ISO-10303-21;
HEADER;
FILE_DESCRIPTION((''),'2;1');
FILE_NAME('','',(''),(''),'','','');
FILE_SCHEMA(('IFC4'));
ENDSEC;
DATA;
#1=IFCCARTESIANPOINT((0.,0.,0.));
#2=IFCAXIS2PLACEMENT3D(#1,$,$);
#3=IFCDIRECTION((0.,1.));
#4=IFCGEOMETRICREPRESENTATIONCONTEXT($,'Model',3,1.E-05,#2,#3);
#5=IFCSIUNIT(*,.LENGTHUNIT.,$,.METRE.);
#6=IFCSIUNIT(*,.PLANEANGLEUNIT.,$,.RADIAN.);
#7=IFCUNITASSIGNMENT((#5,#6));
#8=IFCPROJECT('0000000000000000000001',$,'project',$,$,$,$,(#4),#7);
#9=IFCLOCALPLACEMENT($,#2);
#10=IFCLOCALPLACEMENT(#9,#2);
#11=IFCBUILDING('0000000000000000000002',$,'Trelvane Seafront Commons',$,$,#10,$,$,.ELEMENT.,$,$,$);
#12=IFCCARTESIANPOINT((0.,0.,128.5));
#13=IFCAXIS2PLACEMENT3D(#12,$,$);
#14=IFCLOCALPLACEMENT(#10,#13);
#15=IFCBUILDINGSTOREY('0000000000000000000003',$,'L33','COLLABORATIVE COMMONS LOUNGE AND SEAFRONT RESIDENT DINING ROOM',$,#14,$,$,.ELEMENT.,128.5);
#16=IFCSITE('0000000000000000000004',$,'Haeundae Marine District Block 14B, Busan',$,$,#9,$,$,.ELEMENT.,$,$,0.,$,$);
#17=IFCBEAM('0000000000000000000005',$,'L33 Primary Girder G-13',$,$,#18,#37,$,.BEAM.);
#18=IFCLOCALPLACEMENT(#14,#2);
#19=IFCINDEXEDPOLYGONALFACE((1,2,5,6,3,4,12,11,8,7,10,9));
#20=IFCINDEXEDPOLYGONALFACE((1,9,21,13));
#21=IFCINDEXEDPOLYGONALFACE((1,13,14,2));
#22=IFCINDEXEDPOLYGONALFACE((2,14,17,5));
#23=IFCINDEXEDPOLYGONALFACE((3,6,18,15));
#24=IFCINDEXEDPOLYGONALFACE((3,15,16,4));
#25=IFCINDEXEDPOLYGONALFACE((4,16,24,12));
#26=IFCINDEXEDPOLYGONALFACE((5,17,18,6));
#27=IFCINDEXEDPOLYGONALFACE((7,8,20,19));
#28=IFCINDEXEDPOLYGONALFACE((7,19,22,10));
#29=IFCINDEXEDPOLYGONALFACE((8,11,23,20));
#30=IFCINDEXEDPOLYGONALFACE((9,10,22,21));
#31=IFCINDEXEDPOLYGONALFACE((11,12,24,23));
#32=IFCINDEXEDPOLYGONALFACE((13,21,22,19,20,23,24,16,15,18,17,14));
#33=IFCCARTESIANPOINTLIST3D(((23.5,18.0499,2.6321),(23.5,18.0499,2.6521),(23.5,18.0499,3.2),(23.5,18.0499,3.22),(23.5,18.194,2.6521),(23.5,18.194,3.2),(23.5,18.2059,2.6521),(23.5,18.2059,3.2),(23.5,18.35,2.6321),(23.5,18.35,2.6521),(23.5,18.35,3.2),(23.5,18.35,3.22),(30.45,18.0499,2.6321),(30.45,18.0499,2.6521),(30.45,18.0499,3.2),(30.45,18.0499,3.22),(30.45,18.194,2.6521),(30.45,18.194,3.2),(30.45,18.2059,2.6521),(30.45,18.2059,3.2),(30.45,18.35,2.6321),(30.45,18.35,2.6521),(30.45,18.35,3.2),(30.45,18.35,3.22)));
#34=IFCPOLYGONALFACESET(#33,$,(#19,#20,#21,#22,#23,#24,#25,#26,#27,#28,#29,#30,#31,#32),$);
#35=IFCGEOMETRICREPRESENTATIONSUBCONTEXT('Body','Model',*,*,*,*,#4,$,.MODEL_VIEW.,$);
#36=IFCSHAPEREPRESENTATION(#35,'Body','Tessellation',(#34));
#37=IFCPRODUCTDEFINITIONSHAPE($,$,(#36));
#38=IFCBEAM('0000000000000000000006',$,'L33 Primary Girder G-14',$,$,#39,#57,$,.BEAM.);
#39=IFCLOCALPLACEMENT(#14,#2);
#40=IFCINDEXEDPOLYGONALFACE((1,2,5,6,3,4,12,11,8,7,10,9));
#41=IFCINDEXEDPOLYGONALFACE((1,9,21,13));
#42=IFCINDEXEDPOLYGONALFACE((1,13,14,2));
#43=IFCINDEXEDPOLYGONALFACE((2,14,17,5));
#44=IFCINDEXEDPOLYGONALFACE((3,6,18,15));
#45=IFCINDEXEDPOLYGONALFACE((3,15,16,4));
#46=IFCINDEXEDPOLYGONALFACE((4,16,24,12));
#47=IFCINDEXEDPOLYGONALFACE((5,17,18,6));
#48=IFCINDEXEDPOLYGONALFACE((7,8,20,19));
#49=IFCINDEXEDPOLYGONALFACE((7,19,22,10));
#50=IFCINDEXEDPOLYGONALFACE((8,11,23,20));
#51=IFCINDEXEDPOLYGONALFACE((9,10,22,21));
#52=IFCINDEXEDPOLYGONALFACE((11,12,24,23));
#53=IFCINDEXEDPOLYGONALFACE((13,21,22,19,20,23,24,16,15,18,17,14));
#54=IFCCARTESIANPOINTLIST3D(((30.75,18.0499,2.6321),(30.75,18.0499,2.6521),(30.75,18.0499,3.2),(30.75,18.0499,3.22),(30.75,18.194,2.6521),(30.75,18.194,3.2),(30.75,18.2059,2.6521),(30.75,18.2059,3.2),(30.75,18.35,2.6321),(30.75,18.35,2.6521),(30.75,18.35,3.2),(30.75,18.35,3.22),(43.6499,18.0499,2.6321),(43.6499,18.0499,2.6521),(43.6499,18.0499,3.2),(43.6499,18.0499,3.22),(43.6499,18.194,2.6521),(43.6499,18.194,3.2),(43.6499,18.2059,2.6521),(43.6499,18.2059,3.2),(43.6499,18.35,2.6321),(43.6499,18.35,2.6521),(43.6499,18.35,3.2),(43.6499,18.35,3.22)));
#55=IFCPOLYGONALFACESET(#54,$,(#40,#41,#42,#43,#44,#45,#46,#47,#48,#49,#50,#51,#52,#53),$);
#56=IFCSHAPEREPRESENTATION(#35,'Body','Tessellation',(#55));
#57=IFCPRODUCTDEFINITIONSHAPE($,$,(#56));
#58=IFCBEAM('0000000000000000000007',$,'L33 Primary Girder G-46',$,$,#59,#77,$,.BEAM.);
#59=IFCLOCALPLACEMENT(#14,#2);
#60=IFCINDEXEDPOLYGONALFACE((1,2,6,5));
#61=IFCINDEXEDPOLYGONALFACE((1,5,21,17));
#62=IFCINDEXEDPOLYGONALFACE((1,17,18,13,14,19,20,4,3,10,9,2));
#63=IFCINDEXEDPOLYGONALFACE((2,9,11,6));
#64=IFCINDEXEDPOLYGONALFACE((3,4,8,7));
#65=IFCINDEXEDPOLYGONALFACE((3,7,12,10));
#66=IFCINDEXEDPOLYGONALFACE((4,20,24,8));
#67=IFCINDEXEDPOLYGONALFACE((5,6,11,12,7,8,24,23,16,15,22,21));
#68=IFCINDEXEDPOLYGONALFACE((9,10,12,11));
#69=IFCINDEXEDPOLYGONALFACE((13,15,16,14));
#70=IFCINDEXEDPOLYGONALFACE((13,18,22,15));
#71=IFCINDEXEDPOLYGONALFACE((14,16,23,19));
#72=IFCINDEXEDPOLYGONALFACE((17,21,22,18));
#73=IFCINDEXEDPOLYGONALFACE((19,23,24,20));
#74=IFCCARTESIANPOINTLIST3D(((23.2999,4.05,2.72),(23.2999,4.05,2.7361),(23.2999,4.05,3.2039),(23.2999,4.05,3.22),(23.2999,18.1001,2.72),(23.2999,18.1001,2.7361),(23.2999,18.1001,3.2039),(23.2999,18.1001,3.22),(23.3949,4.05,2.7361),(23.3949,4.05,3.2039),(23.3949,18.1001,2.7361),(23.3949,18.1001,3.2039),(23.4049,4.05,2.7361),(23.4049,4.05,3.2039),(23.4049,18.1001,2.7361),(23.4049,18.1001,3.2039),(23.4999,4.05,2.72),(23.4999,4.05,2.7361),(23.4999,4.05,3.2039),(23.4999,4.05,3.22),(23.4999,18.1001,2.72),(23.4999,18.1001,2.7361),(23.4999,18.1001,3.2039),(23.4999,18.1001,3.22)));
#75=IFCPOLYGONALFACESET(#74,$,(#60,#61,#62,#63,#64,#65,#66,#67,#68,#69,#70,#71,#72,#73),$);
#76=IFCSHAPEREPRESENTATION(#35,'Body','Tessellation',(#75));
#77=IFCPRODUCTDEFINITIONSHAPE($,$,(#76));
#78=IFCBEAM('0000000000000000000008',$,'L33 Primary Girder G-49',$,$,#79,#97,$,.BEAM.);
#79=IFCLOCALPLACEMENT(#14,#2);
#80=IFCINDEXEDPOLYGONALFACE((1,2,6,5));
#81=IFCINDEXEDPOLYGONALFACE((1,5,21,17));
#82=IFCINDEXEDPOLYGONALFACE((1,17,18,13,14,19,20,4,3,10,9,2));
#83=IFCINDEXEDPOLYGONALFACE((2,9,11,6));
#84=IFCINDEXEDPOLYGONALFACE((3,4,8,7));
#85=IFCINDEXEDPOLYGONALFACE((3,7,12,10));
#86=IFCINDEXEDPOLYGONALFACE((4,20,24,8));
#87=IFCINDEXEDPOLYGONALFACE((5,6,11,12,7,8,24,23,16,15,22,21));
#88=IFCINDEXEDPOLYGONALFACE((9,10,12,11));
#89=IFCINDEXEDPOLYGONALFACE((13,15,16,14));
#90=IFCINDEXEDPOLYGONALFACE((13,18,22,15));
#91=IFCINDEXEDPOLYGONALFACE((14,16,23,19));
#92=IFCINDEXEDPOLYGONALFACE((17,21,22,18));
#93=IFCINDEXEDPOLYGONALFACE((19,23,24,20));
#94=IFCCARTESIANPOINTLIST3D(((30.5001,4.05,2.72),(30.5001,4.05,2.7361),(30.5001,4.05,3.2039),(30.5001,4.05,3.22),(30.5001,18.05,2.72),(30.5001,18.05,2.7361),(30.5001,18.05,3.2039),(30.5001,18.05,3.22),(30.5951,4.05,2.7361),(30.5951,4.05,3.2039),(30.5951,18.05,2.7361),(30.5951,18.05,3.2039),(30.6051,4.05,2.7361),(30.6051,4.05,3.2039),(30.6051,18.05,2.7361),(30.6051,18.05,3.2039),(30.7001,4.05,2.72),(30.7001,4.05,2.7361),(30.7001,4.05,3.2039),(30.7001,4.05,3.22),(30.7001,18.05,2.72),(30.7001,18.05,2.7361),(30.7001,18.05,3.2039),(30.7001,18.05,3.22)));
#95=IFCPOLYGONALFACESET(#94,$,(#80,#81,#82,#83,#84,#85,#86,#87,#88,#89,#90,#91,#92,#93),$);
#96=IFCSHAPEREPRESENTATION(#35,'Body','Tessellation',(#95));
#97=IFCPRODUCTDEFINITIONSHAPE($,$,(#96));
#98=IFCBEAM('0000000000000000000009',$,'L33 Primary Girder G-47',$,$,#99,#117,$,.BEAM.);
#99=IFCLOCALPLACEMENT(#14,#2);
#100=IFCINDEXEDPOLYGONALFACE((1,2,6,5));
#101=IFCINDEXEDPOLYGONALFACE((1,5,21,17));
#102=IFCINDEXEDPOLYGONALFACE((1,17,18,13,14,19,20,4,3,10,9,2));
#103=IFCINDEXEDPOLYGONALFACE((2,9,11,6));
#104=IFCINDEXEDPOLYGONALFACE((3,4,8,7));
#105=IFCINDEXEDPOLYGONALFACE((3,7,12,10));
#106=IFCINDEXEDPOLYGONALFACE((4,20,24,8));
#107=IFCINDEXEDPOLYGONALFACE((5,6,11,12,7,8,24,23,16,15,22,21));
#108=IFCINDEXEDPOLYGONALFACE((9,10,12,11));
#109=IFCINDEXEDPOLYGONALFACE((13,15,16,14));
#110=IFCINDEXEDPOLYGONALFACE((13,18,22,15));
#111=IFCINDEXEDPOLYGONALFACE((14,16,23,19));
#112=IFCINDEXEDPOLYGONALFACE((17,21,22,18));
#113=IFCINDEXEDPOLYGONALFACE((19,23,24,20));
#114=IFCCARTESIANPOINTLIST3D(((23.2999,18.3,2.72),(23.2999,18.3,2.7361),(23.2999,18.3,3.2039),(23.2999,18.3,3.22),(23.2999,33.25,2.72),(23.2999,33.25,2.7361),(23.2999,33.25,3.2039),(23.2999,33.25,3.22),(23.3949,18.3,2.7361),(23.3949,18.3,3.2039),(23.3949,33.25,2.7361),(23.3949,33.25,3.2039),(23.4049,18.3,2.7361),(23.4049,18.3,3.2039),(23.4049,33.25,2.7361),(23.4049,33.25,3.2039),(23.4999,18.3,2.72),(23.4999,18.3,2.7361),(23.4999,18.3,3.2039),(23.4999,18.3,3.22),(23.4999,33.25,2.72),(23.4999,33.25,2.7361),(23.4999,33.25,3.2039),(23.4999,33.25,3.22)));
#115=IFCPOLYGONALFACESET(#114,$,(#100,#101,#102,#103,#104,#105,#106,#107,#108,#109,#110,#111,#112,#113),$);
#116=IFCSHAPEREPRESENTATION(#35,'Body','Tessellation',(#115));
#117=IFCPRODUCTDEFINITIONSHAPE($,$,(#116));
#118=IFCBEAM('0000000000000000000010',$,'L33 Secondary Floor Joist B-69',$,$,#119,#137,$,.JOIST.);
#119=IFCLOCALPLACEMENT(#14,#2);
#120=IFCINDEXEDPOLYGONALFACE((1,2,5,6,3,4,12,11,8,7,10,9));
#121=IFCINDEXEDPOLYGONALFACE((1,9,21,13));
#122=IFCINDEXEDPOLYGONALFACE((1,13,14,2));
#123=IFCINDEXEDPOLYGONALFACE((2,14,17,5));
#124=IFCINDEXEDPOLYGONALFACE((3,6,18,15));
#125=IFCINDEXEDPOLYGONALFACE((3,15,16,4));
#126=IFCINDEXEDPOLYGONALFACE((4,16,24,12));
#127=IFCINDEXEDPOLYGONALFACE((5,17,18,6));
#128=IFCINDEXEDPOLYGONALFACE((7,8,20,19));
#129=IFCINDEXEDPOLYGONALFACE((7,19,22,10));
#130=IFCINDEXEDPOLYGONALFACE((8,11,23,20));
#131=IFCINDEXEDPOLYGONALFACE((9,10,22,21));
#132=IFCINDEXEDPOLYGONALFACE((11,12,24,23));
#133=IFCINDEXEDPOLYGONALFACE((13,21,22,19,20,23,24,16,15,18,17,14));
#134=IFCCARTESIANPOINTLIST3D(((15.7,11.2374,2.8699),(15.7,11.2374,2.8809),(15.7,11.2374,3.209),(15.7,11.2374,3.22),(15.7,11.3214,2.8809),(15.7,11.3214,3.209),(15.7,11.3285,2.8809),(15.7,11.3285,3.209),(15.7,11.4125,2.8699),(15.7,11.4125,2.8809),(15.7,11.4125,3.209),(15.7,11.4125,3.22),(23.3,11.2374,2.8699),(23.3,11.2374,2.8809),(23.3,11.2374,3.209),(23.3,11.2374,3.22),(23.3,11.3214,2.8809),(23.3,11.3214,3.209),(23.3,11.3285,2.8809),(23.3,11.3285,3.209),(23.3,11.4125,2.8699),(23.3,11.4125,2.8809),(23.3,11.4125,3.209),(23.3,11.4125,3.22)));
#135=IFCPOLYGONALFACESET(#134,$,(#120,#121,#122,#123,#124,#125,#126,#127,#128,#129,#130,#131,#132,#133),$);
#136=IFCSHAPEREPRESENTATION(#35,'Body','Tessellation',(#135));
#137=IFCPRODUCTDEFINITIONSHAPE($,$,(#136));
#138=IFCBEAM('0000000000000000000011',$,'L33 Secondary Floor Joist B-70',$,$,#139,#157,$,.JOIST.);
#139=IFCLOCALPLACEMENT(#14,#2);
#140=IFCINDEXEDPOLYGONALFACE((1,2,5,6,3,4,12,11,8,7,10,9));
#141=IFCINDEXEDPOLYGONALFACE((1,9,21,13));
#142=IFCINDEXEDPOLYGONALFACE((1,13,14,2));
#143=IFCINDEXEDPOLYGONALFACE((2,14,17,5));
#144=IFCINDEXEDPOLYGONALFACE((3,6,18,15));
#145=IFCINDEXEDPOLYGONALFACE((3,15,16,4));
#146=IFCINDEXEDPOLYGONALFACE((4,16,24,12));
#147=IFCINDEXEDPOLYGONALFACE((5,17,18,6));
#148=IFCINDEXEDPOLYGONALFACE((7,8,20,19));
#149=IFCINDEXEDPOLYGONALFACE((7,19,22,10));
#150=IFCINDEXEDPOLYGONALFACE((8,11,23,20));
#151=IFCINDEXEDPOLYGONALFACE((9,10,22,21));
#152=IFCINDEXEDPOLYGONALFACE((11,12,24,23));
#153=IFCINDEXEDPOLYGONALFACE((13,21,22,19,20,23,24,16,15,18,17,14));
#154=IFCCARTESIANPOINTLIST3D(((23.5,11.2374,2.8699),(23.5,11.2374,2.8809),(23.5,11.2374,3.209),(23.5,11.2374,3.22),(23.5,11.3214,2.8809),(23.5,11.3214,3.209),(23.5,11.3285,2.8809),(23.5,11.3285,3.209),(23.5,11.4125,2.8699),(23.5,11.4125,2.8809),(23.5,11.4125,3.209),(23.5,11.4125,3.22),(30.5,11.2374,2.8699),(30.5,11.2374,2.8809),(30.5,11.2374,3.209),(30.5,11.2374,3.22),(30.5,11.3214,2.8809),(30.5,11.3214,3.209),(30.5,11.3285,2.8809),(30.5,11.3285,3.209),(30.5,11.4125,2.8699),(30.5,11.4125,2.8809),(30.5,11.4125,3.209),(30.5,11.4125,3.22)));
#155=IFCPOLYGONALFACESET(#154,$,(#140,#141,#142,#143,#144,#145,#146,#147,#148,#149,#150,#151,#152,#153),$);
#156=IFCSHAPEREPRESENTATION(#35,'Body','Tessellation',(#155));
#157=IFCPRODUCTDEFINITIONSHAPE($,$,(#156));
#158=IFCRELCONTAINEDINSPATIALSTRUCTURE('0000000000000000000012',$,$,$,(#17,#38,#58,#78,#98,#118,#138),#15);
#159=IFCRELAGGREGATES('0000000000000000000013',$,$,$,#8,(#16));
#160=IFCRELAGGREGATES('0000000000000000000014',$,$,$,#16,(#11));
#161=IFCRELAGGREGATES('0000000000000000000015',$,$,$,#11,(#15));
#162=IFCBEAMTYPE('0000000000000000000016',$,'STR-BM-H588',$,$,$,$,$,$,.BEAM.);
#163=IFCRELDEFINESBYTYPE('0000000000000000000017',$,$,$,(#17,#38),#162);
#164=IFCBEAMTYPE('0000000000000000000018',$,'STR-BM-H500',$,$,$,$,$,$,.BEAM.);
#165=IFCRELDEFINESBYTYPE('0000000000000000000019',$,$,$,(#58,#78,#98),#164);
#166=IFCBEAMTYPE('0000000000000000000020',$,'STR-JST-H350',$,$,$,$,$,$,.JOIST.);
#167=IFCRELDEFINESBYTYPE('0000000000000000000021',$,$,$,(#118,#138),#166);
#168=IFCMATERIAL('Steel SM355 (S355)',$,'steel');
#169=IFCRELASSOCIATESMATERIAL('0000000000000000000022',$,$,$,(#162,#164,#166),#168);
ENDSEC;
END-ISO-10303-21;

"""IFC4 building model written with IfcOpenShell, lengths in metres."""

from ifc_helpers import new_model, si_unit, direction, frame, origin, origin_2d, place, context, subcontext, project, spatial, i_section, extrude, source, transform, mapped, material, material_profile, profile_set, type_object, element, save


model = new_model("IFC4")

# Units and contexts
model_context = context("Model", 3, precision=1e-05, world=origin(), true_north=direction((0.0, 1.0)))
body_context = subcontext(model_context, "Body", "Model", "MODEL_VIEW")
ifc_project = project(units=[si_unit("LENGTHUNIT", "METRE"), si_unit("PLANEANGLEUNIT", "RADIAN")], contexts=[model_context])

# Site, building, storey
site_placement = place(None, origin())
site = spatial("IfcSite", under=ifc_project, at=site_placement, Name="Haeundae Marine District Block 14B, Busan", CompositionType="ELEMENT", RefElevation=0.0)
building_placement = place(site_placement, origin())
building = spatial("IfcBuilding", under=site, at=building_placement, Name="Trelvane Seafront Commons", CompositionType="ELEMENT")
storey_placement = place(building_placement, frame((0.0, 0.0, 128.5)))
storey = spatial("IfcBuildingStorey", under=building, at=storey_placement, Name="L33", Description="COLLABORATIVE COMMONS LOUNGE AND SEAFRONT RESIDENT DINING ROOM", CompositionType="ELEMENT", Elevation=128.5)

# Shared definitions
ifc_material_1 = material(Name="Steel SM355 (S355)", Category="steel")

# Beams
ifc_material_profile_1 = material_profile(ifc_material_1, i_section(OverallWidth=0.3, OverallDepth=0.5879, WebThickness=0.012, FlangeThickness=0.02, at=origin_2d()), Name="H-588x300x12x20")
ifc_profile_set_1 = profile_set([ifc_material_profile_1], Name="Steel SM355 (S355)")
beam_type_1 = type_object("IfcBeamType", Name="STR-BM-H588", PredefinedType="BEAM", material=ifc_profile_set_1)
shared_shape_1 = source(origin(), body_context, "Body", "SweptSolid", [
    extrude(i_section(OverallWidth=0.3, OverallDepth=0.5879, WebThickness=0.012, FlangeThickness=0.02, at=origin_2d()), origin(), (0.0, 0.0, 1.0), 6.95),
])
beam_1_placement = place(storey_placement, frame((23.5, 18.2, 2.926), z_axis=(1.0, 0.0, 0.0), x_axis=(0.0, 1.0, 0.0)))
element("IfcBeam", 1, at=beam_1_placement, inside=storey, type_object=beam_type_1, Name="L33 Primary Girder G-13", PredefinedType="BEAM", context=body_context, shape_type="MappedRepresentation", body=[
    mapped(shared_shape_1, transform((0.0, 0.0, 0.0), x_axis=(1.0, 0.0, 0.0), y_axis=(0.0, 1.0, 0.0), z_axis=(0.0, 0.0, 1.0), scale=1.0)),
])
shared_shape_2 = source(origin(), body_context, "Body", "SweptSolid", [
    extrude(i_section(OverallWidth=0.3, OverallDepth=0.5879, WebThickness=0.012, FlangeThickness=0.02, at=origin_2d()), origin(), (0.0, 0.0, 1.0), 12.8999),
])
beam_2_placement = place(storey_placement, frame((30.75, 18.2, 2.926), z_axis=(1.0, 0.0, 0.0), x_axis=(0.0, 1.0, 0.0)))
element("IfcBeam", 2, at=beam_2_placement, inside=storey, type_object=beam_type_1, Name="L33 Primary Girder G-14", PredefinedType="BEAM", context=body_context, shape_type="MappedRepresentation", body=[
    mapped(shared_shape_2, transform((0.0, 0.0, 0.0), x_axis=(1.0, 0.0, 0.0), y_axis=(0.0, 1.0, 0.0), z_axis=(0.0, 0.0, 1.0), scale=1.0)),
])
ifc_material_profile_2 = material_profile(ifc_material_1, i_section(OverallWidth=0.2, OverallDepth=0.5, WebThickness=0.01, FlangeThickness=0.0161, at=origin_2d()), Name="H-500x200x10x16")
ifc_profile_set_2 = profile_set([ifc_material_profile_2], Name="Steel SM355 (S355)")
beam_type_2 = type_object("IfcBeamType", Name="STR-BM-H500", PredefinedType="BEAM", material=ifc_profile_set_2)
shared_shape_3 = source(origin(), body_context, "Body", "SweptSolid", [
    extrude(i_section(OverallWidth=0.2, OverallDepth=0.5, WebThickness=0.01, FlangeThickness=0.0161, at=origin_2d()), origin(), (0.0, 0.0, 1.0), 14.05),
])
beam_3_placement = place(storey_placement, frame((23.3999, 4.05, 2.97), z_axis=(0.0, 1.0, 0.0), x_axis=(-1.0, 0.0, 0.0)))
element("IfcBeam", 3, at=beam_3_placement, inside=storey, type_object=beam_type_2, Name="L33 Primary Girder G-46", PredefinedType="BEAM", context=body_context, shape_type="MappedRepresentation", body=[
    mapped(shared_shape_3, transform((0.0, 0.0, 0.0), x_axis=(1.0, 0.0, 0.0), y_axis=(0.0, 1.0, 0.0), z_axis=(0.0, 0.0, 1.0), scale=1.0)),
])
shared_shape_4 = source(origin(), body_context, "Body", "SweptSolid", [
    extrude(i_section(OverallWidth=0.2, OverallDepth=0.5, WebThickness=0.01, FlangeThickness=0.0161, at=origin_2d()), origin(), (0.0, 0.0, 1.0), 14.0),
])
beam_4_placement = place(storey_placement, frame((30.6001, 4.05, 2.97), z_axis=(0.0, 1.0, 0.0), x_axis=(-1.0, 0.0, 0.0)))
element("IfcBeam", 4, at=beam_4_placement, inside=storey, type_object=beam_type_2, Name="L33 Primary Girder G-49", PredefinedType="BEAM", context=body_context, shape_type="MappedRepresentation", body=[
    mapped(shared_shape_4, transform((0.0, 0.0, 0.0), x_axis=(1.0, 0.0, 0.0), y_axis=(0.0, 1.0, 0.0), z_axis=(0.0, 0.0, 1.0), scale=1.0)),
])
shared_shape_5 = source(origin(), body_context, "Body", "SweptSolid", [
    extrude(i_section(OverallWidth=0.2, OverallDepth=0.5, WebThickness=0.01, FlangeThickness=0.0161, at=origin_2d()), origin(), (0.0, 0.0, 1.0), 14.95),
])
beam_5_placement = place(storey_placement, frame((23.3999, 18.3, 2.97), z_axis=(0.0, 1.0, 0.0), x_axis=(-1.0, 0.0, 0.0)))
element("IfcBeam", 5, at=beam_5_placement, inside=storey, type_object=beam_type_2, Name="L33 Primary Girder G-47", PredefinedType="BEAM", context=body_context, shape_type="MappedRepresentation", body=[
    mapped(shared_shape_5, transform((0.0, 0.0, 0.0), x_axis=(1.0, 0.0, 0.0), y_axis=(0.0, 1.0, 0.0), z_axis=(0.0, 0.0, 1.0), scale=1.0)),
])
ifc_material_profile_3 = material_profile(ifc_material_1, i_section(OverallWidth=0.175, OverallDepth=0.3501, WebThickness=0.0071, FlangeThickness=0.011, at=origin_2d()), Name="H-350x175x7x11")
ifc_profile_set_3 = profile_set([ifc_material_profile_3], Name="Steel SM355 (S355)")
beam_type_3 = type_object("IfcBeamType", Name="STR-JST-H350", PredefinedType="JOIST", material=ifc_profile_set_3)
shared_shape_6 = source(origin(), body_context, "Body", "SweptSolid", [
    extrude(i_section(OverallWidth=0.175, OverallDepth=0.3501, WebThickness=0.0071, FlangeThickness=0.011, at=origin_2d()), origin(), (0.0, 0.0, 1.0), 7.6001),
])
beam_6_placement = place(storey_placement, frame((15.7, 11.325, 3.0449), z_axis=(1.0, 0.0, 0.0), x_axis=(0.0, 1.0, 0.0)))
element("IfcBeam", 6, at=beam_6_placement, inside=storey, type_object=beam_type_3, Name="L33 Secondary Floor Joist B-69", PredefinedType="JOIST", context=body_context, shape_type="MappedRepresentation", body=[
    mapped(shared_shape_6, transform((0.0, 0.0, 0.0), x_axis=(1.0, 0.0, 0.0), y_axis=(0.0, 1.0, 0.0), z_axis=(0.0, 0.0, 1.0), scale=1.0)),
])
shared_shape_7 = source(origin(), body_context, "Body", "SweptSolid", [
    extrude(i_section(OverallWidth=0.175, OverallDepth=0.3501, WebThickness=0.0071, FlangeThickness=0.011, at=origin_2d()), origin(), (0.0, 0.0, 1.0), 7.0),
])
beam_7_placement = place(storey_placement, frame((23.5, 11.325, 3.0449), z_axis=(1.0, 0.0, 0.0), x_axis=(0.0, 1.0, 0.0)))
element("IfcBeam", 7, at=beam_7_placement, inside=storey, type_object=beam_type_3, Name="L33 Secondary Floor Joist B-70", PredefinedType="JOIST", context=body_context, shape_type="MappedRepresentation", body=[
    mapped(shared_shape_7, transform((0.0, 0.0, 0.0), x_axis=(1.0, 0.0, 0.0), y_axis=(0.0, 1.0, 0.0), z_axis=(0.0, 0.0, 1.0), scale=1.0)),
])

save(model, "model.ifc")
